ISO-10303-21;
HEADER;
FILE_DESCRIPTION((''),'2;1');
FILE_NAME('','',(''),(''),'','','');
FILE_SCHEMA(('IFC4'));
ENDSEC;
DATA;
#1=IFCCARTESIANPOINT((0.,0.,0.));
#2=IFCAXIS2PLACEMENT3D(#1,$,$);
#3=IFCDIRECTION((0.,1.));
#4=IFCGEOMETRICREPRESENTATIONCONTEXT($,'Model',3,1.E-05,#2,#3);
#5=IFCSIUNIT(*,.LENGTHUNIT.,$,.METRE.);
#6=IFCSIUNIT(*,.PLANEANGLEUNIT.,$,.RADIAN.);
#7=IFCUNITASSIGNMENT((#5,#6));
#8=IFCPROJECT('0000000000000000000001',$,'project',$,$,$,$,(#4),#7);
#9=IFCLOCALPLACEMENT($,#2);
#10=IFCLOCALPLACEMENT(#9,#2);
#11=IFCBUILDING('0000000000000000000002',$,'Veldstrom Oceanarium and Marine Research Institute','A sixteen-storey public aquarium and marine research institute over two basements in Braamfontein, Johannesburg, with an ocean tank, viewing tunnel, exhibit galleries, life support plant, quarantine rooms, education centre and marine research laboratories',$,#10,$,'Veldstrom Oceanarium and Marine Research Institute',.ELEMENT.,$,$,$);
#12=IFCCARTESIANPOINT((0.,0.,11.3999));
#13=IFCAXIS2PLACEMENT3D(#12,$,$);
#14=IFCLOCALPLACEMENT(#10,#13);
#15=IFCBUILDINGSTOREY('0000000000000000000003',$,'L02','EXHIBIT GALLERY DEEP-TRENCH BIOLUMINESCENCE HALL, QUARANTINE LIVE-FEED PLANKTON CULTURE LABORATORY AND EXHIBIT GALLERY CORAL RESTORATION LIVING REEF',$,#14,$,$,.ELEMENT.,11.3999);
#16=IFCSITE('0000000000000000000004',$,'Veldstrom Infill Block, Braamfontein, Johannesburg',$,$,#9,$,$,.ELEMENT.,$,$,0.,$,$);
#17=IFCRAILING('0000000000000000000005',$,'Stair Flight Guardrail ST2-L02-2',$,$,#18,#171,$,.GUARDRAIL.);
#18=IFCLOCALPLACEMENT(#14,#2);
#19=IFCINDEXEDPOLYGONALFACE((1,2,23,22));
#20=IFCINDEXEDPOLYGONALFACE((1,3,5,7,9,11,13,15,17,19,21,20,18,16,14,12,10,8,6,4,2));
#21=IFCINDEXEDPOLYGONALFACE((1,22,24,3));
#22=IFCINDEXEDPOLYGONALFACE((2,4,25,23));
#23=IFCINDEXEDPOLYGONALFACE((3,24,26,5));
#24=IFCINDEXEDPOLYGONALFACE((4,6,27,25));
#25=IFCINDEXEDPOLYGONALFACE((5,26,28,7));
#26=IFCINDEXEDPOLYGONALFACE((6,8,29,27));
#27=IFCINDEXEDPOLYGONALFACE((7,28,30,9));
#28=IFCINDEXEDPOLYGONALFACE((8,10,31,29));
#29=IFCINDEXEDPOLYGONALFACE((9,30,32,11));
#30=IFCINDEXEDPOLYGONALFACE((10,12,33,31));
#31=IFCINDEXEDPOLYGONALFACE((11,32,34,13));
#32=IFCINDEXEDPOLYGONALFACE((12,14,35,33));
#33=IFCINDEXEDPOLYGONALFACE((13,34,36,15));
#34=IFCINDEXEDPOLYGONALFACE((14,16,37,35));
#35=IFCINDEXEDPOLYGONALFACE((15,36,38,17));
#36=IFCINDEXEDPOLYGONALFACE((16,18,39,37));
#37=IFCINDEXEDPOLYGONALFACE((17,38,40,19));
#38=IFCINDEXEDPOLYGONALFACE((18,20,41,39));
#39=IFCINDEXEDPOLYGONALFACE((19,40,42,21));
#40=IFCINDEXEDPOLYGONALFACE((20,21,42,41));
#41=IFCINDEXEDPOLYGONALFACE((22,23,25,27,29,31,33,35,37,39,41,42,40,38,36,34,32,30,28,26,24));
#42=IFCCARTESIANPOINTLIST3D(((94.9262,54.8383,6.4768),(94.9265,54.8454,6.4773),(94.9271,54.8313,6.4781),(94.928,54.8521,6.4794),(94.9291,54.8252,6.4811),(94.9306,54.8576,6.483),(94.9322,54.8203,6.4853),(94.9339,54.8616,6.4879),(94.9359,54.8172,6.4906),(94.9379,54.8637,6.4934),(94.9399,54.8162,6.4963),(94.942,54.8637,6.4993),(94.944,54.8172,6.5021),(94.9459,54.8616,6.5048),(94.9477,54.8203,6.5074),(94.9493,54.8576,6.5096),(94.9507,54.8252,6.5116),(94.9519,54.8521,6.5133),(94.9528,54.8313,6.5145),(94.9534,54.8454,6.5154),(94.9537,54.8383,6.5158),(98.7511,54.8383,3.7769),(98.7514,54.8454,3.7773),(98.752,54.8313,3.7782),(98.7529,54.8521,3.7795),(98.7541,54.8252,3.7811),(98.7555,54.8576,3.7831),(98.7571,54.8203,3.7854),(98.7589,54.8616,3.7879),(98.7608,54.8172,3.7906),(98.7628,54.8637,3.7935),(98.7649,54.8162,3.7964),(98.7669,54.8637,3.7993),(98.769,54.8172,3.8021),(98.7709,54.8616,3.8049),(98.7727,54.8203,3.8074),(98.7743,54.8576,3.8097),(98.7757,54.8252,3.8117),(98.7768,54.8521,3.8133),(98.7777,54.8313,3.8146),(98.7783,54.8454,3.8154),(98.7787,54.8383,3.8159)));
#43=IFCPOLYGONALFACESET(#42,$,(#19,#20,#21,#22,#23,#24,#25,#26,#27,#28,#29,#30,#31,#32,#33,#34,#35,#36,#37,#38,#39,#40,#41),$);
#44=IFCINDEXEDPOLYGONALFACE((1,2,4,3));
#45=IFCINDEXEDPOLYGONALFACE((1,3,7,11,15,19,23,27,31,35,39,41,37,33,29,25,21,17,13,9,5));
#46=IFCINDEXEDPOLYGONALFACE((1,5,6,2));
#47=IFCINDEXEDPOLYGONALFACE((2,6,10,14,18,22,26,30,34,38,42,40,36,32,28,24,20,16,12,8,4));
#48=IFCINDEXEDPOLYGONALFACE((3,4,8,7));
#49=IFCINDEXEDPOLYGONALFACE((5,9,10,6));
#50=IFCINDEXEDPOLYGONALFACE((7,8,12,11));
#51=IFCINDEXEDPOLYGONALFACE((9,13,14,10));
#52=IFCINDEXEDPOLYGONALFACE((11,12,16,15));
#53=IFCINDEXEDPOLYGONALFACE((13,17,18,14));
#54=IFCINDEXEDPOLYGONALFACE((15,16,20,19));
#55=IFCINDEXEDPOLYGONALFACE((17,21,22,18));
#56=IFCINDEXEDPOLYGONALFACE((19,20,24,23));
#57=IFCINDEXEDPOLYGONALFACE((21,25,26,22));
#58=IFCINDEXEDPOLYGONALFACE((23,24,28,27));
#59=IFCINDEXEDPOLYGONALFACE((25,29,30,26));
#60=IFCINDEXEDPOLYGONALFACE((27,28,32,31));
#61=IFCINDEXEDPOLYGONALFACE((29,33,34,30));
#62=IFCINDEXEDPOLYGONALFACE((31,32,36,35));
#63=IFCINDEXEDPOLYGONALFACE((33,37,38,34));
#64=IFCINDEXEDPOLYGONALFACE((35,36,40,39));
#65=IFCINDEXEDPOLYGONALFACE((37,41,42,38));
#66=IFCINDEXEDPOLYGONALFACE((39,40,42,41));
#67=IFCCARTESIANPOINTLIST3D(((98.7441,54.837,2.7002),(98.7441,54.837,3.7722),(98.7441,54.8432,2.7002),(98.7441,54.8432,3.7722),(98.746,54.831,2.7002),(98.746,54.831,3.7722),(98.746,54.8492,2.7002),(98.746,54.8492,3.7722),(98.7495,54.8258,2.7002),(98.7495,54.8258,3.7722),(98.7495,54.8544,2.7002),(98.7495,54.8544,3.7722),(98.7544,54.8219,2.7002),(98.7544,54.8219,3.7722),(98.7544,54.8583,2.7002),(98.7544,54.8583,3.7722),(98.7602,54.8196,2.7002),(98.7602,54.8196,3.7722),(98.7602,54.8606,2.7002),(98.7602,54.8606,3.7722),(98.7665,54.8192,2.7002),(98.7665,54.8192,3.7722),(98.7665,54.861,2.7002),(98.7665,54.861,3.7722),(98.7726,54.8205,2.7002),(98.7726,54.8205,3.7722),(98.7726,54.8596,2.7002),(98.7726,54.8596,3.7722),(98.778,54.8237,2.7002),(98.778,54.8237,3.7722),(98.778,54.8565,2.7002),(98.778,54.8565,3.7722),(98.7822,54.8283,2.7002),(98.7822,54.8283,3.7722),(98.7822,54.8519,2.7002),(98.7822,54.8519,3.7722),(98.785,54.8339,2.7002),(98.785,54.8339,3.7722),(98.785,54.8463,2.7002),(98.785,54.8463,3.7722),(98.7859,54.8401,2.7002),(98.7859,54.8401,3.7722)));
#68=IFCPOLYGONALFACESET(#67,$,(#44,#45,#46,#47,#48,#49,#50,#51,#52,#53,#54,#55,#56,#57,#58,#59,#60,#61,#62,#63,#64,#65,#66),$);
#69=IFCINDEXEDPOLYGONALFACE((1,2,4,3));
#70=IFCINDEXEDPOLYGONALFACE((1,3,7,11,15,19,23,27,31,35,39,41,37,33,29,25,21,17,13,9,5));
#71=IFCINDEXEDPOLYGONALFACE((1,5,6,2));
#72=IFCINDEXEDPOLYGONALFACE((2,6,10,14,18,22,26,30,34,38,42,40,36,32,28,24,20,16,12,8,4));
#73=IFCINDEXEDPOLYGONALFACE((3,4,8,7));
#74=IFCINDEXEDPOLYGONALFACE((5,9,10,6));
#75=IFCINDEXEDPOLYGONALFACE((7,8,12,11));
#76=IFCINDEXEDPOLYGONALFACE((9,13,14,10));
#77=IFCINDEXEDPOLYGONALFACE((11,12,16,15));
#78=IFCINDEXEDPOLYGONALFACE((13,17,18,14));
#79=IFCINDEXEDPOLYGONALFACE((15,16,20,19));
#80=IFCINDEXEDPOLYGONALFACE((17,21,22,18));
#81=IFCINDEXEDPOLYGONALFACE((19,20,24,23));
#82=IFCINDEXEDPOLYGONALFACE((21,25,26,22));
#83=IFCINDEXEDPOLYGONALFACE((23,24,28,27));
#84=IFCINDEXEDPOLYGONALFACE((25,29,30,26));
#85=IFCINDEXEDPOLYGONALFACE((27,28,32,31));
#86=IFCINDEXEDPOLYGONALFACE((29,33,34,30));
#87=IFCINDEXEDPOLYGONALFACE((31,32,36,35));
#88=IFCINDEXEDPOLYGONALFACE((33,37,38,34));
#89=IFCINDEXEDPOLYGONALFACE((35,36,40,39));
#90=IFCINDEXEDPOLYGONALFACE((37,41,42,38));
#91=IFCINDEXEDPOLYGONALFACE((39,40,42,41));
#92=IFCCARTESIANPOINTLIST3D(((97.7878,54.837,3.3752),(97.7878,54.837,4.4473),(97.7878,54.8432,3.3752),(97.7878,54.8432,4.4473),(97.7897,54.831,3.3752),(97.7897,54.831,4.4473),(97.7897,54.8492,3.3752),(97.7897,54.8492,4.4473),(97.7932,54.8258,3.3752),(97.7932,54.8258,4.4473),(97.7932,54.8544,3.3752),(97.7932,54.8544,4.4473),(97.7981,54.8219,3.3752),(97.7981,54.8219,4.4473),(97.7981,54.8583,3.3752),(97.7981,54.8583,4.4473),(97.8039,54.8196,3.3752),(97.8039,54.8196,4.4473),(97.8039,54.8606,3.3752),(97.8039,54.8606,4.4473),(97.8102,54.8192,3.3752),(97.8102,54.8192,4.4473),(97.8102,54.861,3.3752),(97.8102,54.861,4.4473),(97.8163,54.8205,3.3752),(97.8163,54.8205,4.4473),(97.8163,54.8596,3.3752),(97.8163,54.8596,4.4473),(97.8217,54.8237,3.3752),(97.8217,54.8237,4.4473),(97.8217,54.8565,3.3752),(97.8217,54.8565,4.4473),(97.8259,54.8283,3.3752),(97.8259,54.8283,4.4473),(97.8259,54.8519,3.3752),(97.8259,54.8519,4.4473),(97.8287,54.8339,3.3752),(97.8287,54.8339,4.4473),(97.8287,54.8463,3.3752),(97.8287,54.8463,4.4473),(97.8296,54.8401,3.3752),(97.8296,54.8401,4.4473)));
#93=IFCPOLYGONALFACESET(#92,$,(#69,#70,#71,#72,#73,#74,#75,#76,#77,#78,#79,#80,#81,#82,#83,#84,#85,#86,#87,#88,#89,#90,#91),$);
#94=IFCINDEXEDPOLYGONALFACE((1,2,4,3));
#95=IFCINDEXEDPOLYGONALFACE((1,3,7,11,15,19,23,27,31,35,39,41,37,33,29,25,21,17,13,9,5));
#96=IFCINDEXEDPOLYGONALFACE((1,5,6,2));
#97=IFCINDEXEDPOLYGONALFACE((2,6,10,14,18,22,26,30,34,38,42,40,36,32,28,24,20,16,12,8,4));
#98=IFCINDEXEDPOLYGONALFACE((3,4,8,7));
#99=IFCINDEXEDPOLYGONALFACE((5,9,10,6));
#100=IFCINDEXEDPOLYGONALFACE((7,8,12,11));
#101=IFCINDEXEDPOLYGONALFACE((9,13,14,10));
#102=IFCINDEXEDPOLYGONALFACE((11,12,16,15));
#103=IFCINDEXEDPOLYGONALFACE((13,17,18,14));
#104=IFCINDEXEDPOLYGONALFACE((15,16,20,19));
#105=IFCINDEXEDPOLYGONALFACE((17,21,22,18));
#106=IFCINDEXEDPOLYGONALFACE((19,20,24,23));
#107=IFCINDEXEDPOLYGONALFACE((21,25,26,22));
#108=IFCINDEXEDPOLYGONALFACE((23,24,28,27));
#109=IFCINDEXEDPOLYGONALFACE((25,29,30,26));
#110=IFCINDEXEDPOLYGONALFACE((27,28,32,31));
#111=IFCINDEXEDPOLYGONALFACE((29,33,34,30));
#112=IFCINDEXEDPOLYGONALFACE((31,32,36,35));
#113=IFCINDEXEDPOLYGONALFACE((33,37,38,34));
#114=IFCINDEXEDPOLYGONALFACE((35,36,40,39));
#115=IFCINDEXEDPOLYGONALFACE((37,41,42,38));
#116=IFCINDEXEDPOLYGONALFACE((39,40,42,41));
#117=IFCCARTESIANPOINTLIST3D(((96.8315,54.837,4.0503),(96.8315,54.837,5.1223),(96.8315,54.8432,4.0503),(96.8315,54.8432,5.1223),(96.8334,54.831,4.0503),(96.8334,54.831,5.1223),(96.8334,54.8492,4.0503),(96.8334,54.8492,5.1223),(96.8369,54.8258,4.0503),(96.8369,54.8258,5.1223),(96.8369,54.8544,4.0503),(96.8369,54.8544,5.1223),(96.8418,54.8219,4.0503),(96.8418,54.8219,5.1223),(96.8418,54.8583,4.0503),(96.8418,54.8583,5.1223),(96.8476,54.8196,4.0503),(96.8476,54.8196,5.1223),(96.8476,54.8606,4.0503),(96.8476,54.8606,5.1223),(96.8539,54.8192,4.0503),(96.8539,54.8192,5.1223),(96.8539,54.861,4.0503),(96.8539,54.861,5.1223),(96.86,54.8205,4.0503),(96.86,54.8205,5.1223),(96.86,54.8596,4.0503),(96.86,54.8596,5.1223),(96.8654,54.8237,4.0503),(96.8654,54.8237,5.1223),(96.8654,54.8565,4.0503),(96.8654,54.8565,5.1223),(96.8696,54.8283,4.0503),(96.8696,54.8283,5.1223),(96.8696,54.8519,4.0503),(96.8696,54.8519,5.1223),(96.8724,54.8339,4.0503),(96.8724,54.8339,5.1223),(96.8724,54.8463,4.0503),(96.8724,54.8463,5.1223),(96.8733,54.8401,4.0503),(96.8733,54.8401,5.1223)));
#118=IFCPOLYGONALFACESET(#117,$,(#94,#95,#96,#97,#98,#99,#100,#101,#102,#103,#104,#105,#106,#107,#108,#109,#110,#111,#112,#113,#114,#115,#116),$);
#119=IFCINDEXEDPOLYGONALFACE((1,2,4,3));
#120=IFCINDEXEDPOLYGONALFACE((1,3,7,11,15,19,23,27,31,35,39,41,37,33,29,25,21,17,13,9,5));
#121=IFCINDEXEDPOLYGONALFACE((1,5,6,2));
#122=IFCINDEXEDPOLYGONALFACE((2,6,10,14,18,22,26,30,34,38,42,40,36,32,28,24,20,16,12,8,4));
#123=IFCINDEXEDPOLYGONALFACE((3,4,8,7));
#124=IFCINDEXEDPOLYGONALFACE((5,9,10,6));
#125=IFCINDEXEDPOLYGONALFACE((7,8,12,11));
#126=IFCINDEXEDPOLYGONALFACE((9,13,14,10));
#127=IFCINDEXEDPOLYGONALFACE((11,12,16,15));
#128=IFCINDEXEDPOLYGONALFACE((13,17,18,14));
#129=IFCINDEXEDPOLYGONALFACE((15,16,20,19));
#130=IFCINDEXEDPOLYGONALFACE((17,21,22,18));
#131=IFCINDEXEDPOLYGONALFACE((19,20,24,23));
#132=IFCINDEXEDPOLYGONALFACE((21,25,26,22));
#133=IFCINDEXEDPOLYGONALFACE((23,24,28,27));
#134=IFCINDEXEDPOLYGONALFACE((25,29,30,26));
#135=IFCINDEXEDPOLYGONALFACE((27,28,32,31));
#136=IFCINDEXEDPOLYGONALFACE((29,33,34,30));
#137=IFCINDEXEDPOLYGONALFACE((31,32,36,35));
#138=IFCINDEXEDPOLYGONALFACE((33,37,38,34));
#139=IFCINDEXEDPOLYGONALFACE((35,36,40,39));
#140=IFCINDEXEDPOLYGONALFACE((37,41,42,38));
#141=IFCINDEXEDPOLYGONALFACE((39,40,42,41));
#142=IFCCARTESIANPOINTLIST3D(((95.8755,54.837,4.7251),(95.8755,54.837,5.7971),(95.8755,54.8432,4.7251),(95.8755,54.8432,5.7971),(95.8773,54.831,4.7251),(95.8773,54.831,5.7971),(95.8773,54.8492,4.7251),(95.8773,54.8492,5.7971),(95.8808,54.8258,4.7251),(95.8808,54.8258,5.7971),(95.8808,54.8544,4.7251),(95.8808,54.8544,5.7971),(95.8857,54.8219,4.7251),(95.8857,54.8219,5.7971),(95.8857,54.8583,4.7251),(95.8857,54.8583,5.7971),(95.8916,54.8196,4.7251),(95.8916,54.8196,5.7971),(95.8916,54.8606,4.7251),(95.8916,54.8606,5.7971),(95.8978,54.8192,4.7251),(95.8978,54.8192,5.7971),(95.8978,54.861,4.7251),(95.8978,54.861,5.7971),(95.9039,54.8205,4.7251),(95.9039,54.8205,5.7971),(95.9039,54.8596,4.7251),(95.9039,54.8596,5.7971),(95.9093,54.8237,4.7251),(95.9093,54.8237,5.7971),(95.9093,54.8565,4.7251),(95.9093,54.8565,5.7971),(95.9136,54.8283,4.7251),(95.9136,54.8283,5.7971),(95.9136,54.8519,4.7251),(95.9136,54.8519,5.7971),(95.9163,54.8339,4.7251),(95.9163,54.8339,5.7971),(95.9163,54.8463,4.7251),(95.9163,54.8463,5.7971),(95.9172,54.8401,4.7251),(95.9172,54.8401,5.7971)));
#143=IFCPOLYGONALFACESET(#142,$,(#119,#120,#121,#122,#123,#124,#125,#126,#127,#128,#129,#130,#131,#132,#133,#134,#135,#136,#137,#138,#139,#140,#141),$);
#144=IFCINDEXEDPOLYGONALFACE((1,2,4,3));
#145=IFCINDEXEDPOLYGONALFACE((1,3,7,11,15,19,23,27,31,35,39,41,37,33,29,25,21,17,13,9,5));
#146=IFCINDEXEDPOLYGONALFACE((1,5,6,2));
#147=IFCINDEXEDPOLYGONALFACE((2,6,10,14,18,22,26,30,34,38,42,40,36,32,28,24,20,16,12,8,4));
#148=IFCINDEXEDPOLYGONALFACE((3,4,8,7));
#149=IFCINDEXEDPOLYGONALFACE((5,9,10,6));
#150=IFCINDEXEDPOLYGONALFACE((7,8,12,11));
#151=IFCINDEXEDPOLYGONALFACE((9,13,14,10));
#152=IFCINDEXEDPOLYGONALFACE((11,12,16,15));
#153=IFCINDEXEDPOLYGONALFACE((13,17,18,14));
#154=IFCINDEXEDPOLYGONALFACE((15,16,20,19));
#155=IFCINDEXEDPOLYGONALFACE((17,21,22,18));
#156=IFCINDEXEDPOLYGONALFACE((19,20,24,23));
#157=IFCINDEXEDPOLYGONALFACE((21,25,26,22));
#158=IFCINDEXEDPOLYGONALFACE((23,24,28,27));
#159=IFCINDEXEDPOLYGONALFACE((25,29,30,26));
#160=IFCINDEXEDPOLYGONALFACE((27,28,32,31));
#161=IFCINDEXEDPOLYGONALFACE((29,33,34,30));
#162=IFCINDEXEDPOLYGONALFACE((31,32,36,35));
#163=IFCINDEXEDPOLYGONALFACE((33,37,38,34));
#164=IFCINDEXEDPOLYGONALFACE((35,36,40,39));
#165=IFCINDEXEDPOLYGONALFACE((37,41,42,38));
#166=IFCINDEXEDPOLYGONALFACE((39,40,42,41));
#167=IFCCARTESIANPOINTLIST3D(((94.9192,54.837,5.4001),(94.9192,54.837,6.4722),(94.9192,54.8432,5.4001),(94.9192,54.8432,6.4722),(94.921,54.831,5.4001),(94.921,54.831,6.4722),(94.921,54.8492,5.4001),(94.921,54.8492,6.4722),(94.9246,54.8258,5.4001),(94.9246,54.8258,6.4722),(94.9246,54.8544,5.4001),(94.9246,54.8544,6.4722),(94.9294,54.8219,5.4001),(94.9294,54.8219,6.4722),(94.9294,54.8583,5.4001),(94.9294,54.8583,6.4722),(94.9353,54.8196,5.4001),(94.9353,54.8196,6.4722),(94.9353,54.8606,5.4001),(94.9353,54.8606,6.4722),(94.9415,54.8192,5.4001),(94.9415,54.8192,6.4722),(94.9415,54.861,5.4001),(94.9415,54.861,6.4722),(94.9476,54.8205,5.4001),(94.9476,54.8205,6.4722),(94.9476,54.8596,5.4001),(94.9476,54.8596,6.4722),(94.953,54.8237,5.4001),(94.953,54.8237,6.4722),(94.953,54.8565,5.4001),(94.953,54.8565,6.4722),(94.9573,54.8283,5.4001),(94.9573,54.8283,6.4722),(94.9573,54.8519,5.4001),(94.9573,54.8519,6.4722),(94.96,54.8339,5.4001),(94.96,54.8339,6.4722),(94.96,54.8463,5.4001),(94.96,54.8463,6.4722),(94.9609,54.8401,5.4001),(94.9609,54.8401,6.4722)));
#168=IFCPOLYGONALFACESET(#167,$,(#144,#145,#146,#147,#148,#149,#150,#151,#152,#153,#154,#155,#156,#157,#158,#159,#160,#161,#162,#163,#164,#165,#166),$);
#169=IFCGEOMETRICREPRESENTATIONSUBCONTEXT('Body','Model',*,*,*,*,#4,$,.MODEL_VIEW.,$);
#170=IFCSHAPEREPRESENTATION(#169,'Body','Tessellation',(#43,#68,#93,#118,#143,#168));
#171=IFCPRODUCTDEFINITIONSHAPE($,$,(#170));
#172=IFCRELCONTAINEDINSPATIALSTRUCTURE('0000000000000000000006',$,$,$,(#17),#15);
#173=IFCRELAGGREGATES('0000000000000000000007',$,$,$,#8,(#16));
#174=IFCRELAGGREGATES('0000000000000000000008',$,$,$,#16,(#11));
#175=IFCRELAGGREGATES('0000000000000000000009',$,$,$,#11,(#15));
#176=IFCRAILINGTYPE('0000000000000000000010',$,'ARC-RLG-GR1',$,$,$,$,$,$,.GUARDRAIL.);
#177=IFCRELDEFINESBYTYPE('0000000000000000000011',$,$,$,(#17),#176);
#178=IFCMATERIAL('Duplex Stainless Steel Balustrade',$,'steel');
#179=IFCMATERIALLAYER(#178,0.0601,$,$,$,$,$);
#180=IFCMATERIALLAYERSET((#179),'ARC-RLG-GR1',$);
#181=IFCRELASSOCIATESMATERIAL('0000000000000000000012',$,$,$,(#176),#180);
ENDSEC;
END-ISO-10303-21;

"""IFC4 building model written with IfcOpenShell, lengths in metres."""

from ifc_helpers import new_model, si_unit, direction, frame, origin, origin_2d, place, context, subcontext, project, spatial, circle, extrude, material, layer, layer_set, type_object, element, save


model = new_model("IFC4")

# Units and contexts
model_context = context("Model", 3, precision=1e-05, world=origin(), true_north=direction((0.0, 1.0)))
body_context = subcontext(model_context, "Body", "Model", "MODEL_VIEW")
ifc_project = project(units=[si_unit("LENGTHUNIT", "METRE"), si_unit("PLANEANGLEUNIT", "RADIAN")], contexts=[model_context])

# Site, building, storey
site_placement = place(None, origin())
site = spatial("IfcSite", under=ifc_project, at=site_placement, Name="Veldstrom Infill Block, Braamfontein, Johannesburg", CompositionType="ELEMENT", RefElevation=0.0)
building_placement = place(site_placement, origin())
building = spatial("IfcBuilding", under=site, at=building_placement, Name="Veldstrom Oceanarium and Marine Research Institute", Description="A sixteen-storey public aquarium and marine research institute over two basements in Braamfontein, Johannesburg, with an ocean tank, viewing tunnel, exhibit galleries, life support plant, quarantine rooms, education centre and marine research laboratories", LongName="Veldstrom Oceanarium and Marine Research Institute", CompositionType="ELEMENT")
storey_placement = place(building_placement, frame((0.0, 0.0, 11.3999)))
storey = spatial("IfcBuildingStorey", under=building, at=storey_placement, Name="L02", Description="EXHIBIT GALLERY DEEP-TRENCH BIOLUMINESCENCE HALL, QUARANTINE LIVE-FEED PLANKTON CULTURE LABORATORY AND EXHIBIT GALLERY CORAL RESTORATION LIVING REEF", CompositionType="ELEMENT", Elevation=11.3999)

# Railing
ifc_material_1 = material(Name="Duplex Stainless Steel Balustrade", Category="steel")
ifc_layer_1 = layer(ifc_material_1, 0.0601)
ifc_layer_set_1 = layer_set([ifc_layer_1], Name="ARC-RLG-GR1")
railing_type_1 = type_object("IfcRailingType", Name="ARC-RLG-GR1", PredefinedType="GUARDRAIL", material=ifc_layer_set_1)
railing_1_placement = place(storey_placement, frame((98.7649, 54.8401, 2.7002)))
element("IfcRailing", 1, at=railing_1_placement, inside=storey, type_object=railing_type_1, Name="Stair Flight Guardrail ST2-L02-2", PredefinedType="GUARDRAIL", context=body_context, shape_type="SweptSolid", body=[
    extrude(circle(Radius=0.0239, at=origin_2d()), frame((0.0, 0.0, 1.0962), z_axis=(-0.816969, 0.0, 0.576681), x_axis=(0.0, -1.0, 0.0)), (0.0, 0.0, 1.0), 4.6819),
    extrude(circle(Radius=0.021, at=origin_2d()), origin(), (0.0, 0.0, 1.0), 1.072),
    extrude(circle(Radius=0.021, at=origin_2d()), frame((-0.9563, 0.0, 0.675)), (0.0, 0.0, 1.0), 1.072),
    extrude(circle(Radius=0.021, at=origin_2d()), frame((-1.9126, 0.0, 1.3501)), (0.0, 0.0, 1.0), 1.072),
    extrude(circle(Radius=0.021, at=origin_2d()), frame((-2.8687, 0.0, 2.0249)), (0.0, 0.0, 1.0), 1.072),
    extrude(circle(Radius=0.021, at=origin_2d()), frame((-3.825, 0.0, 2.7)), (0.0, 0.0, 1.0), 1.072),
])

save(model, "model.ifc")
